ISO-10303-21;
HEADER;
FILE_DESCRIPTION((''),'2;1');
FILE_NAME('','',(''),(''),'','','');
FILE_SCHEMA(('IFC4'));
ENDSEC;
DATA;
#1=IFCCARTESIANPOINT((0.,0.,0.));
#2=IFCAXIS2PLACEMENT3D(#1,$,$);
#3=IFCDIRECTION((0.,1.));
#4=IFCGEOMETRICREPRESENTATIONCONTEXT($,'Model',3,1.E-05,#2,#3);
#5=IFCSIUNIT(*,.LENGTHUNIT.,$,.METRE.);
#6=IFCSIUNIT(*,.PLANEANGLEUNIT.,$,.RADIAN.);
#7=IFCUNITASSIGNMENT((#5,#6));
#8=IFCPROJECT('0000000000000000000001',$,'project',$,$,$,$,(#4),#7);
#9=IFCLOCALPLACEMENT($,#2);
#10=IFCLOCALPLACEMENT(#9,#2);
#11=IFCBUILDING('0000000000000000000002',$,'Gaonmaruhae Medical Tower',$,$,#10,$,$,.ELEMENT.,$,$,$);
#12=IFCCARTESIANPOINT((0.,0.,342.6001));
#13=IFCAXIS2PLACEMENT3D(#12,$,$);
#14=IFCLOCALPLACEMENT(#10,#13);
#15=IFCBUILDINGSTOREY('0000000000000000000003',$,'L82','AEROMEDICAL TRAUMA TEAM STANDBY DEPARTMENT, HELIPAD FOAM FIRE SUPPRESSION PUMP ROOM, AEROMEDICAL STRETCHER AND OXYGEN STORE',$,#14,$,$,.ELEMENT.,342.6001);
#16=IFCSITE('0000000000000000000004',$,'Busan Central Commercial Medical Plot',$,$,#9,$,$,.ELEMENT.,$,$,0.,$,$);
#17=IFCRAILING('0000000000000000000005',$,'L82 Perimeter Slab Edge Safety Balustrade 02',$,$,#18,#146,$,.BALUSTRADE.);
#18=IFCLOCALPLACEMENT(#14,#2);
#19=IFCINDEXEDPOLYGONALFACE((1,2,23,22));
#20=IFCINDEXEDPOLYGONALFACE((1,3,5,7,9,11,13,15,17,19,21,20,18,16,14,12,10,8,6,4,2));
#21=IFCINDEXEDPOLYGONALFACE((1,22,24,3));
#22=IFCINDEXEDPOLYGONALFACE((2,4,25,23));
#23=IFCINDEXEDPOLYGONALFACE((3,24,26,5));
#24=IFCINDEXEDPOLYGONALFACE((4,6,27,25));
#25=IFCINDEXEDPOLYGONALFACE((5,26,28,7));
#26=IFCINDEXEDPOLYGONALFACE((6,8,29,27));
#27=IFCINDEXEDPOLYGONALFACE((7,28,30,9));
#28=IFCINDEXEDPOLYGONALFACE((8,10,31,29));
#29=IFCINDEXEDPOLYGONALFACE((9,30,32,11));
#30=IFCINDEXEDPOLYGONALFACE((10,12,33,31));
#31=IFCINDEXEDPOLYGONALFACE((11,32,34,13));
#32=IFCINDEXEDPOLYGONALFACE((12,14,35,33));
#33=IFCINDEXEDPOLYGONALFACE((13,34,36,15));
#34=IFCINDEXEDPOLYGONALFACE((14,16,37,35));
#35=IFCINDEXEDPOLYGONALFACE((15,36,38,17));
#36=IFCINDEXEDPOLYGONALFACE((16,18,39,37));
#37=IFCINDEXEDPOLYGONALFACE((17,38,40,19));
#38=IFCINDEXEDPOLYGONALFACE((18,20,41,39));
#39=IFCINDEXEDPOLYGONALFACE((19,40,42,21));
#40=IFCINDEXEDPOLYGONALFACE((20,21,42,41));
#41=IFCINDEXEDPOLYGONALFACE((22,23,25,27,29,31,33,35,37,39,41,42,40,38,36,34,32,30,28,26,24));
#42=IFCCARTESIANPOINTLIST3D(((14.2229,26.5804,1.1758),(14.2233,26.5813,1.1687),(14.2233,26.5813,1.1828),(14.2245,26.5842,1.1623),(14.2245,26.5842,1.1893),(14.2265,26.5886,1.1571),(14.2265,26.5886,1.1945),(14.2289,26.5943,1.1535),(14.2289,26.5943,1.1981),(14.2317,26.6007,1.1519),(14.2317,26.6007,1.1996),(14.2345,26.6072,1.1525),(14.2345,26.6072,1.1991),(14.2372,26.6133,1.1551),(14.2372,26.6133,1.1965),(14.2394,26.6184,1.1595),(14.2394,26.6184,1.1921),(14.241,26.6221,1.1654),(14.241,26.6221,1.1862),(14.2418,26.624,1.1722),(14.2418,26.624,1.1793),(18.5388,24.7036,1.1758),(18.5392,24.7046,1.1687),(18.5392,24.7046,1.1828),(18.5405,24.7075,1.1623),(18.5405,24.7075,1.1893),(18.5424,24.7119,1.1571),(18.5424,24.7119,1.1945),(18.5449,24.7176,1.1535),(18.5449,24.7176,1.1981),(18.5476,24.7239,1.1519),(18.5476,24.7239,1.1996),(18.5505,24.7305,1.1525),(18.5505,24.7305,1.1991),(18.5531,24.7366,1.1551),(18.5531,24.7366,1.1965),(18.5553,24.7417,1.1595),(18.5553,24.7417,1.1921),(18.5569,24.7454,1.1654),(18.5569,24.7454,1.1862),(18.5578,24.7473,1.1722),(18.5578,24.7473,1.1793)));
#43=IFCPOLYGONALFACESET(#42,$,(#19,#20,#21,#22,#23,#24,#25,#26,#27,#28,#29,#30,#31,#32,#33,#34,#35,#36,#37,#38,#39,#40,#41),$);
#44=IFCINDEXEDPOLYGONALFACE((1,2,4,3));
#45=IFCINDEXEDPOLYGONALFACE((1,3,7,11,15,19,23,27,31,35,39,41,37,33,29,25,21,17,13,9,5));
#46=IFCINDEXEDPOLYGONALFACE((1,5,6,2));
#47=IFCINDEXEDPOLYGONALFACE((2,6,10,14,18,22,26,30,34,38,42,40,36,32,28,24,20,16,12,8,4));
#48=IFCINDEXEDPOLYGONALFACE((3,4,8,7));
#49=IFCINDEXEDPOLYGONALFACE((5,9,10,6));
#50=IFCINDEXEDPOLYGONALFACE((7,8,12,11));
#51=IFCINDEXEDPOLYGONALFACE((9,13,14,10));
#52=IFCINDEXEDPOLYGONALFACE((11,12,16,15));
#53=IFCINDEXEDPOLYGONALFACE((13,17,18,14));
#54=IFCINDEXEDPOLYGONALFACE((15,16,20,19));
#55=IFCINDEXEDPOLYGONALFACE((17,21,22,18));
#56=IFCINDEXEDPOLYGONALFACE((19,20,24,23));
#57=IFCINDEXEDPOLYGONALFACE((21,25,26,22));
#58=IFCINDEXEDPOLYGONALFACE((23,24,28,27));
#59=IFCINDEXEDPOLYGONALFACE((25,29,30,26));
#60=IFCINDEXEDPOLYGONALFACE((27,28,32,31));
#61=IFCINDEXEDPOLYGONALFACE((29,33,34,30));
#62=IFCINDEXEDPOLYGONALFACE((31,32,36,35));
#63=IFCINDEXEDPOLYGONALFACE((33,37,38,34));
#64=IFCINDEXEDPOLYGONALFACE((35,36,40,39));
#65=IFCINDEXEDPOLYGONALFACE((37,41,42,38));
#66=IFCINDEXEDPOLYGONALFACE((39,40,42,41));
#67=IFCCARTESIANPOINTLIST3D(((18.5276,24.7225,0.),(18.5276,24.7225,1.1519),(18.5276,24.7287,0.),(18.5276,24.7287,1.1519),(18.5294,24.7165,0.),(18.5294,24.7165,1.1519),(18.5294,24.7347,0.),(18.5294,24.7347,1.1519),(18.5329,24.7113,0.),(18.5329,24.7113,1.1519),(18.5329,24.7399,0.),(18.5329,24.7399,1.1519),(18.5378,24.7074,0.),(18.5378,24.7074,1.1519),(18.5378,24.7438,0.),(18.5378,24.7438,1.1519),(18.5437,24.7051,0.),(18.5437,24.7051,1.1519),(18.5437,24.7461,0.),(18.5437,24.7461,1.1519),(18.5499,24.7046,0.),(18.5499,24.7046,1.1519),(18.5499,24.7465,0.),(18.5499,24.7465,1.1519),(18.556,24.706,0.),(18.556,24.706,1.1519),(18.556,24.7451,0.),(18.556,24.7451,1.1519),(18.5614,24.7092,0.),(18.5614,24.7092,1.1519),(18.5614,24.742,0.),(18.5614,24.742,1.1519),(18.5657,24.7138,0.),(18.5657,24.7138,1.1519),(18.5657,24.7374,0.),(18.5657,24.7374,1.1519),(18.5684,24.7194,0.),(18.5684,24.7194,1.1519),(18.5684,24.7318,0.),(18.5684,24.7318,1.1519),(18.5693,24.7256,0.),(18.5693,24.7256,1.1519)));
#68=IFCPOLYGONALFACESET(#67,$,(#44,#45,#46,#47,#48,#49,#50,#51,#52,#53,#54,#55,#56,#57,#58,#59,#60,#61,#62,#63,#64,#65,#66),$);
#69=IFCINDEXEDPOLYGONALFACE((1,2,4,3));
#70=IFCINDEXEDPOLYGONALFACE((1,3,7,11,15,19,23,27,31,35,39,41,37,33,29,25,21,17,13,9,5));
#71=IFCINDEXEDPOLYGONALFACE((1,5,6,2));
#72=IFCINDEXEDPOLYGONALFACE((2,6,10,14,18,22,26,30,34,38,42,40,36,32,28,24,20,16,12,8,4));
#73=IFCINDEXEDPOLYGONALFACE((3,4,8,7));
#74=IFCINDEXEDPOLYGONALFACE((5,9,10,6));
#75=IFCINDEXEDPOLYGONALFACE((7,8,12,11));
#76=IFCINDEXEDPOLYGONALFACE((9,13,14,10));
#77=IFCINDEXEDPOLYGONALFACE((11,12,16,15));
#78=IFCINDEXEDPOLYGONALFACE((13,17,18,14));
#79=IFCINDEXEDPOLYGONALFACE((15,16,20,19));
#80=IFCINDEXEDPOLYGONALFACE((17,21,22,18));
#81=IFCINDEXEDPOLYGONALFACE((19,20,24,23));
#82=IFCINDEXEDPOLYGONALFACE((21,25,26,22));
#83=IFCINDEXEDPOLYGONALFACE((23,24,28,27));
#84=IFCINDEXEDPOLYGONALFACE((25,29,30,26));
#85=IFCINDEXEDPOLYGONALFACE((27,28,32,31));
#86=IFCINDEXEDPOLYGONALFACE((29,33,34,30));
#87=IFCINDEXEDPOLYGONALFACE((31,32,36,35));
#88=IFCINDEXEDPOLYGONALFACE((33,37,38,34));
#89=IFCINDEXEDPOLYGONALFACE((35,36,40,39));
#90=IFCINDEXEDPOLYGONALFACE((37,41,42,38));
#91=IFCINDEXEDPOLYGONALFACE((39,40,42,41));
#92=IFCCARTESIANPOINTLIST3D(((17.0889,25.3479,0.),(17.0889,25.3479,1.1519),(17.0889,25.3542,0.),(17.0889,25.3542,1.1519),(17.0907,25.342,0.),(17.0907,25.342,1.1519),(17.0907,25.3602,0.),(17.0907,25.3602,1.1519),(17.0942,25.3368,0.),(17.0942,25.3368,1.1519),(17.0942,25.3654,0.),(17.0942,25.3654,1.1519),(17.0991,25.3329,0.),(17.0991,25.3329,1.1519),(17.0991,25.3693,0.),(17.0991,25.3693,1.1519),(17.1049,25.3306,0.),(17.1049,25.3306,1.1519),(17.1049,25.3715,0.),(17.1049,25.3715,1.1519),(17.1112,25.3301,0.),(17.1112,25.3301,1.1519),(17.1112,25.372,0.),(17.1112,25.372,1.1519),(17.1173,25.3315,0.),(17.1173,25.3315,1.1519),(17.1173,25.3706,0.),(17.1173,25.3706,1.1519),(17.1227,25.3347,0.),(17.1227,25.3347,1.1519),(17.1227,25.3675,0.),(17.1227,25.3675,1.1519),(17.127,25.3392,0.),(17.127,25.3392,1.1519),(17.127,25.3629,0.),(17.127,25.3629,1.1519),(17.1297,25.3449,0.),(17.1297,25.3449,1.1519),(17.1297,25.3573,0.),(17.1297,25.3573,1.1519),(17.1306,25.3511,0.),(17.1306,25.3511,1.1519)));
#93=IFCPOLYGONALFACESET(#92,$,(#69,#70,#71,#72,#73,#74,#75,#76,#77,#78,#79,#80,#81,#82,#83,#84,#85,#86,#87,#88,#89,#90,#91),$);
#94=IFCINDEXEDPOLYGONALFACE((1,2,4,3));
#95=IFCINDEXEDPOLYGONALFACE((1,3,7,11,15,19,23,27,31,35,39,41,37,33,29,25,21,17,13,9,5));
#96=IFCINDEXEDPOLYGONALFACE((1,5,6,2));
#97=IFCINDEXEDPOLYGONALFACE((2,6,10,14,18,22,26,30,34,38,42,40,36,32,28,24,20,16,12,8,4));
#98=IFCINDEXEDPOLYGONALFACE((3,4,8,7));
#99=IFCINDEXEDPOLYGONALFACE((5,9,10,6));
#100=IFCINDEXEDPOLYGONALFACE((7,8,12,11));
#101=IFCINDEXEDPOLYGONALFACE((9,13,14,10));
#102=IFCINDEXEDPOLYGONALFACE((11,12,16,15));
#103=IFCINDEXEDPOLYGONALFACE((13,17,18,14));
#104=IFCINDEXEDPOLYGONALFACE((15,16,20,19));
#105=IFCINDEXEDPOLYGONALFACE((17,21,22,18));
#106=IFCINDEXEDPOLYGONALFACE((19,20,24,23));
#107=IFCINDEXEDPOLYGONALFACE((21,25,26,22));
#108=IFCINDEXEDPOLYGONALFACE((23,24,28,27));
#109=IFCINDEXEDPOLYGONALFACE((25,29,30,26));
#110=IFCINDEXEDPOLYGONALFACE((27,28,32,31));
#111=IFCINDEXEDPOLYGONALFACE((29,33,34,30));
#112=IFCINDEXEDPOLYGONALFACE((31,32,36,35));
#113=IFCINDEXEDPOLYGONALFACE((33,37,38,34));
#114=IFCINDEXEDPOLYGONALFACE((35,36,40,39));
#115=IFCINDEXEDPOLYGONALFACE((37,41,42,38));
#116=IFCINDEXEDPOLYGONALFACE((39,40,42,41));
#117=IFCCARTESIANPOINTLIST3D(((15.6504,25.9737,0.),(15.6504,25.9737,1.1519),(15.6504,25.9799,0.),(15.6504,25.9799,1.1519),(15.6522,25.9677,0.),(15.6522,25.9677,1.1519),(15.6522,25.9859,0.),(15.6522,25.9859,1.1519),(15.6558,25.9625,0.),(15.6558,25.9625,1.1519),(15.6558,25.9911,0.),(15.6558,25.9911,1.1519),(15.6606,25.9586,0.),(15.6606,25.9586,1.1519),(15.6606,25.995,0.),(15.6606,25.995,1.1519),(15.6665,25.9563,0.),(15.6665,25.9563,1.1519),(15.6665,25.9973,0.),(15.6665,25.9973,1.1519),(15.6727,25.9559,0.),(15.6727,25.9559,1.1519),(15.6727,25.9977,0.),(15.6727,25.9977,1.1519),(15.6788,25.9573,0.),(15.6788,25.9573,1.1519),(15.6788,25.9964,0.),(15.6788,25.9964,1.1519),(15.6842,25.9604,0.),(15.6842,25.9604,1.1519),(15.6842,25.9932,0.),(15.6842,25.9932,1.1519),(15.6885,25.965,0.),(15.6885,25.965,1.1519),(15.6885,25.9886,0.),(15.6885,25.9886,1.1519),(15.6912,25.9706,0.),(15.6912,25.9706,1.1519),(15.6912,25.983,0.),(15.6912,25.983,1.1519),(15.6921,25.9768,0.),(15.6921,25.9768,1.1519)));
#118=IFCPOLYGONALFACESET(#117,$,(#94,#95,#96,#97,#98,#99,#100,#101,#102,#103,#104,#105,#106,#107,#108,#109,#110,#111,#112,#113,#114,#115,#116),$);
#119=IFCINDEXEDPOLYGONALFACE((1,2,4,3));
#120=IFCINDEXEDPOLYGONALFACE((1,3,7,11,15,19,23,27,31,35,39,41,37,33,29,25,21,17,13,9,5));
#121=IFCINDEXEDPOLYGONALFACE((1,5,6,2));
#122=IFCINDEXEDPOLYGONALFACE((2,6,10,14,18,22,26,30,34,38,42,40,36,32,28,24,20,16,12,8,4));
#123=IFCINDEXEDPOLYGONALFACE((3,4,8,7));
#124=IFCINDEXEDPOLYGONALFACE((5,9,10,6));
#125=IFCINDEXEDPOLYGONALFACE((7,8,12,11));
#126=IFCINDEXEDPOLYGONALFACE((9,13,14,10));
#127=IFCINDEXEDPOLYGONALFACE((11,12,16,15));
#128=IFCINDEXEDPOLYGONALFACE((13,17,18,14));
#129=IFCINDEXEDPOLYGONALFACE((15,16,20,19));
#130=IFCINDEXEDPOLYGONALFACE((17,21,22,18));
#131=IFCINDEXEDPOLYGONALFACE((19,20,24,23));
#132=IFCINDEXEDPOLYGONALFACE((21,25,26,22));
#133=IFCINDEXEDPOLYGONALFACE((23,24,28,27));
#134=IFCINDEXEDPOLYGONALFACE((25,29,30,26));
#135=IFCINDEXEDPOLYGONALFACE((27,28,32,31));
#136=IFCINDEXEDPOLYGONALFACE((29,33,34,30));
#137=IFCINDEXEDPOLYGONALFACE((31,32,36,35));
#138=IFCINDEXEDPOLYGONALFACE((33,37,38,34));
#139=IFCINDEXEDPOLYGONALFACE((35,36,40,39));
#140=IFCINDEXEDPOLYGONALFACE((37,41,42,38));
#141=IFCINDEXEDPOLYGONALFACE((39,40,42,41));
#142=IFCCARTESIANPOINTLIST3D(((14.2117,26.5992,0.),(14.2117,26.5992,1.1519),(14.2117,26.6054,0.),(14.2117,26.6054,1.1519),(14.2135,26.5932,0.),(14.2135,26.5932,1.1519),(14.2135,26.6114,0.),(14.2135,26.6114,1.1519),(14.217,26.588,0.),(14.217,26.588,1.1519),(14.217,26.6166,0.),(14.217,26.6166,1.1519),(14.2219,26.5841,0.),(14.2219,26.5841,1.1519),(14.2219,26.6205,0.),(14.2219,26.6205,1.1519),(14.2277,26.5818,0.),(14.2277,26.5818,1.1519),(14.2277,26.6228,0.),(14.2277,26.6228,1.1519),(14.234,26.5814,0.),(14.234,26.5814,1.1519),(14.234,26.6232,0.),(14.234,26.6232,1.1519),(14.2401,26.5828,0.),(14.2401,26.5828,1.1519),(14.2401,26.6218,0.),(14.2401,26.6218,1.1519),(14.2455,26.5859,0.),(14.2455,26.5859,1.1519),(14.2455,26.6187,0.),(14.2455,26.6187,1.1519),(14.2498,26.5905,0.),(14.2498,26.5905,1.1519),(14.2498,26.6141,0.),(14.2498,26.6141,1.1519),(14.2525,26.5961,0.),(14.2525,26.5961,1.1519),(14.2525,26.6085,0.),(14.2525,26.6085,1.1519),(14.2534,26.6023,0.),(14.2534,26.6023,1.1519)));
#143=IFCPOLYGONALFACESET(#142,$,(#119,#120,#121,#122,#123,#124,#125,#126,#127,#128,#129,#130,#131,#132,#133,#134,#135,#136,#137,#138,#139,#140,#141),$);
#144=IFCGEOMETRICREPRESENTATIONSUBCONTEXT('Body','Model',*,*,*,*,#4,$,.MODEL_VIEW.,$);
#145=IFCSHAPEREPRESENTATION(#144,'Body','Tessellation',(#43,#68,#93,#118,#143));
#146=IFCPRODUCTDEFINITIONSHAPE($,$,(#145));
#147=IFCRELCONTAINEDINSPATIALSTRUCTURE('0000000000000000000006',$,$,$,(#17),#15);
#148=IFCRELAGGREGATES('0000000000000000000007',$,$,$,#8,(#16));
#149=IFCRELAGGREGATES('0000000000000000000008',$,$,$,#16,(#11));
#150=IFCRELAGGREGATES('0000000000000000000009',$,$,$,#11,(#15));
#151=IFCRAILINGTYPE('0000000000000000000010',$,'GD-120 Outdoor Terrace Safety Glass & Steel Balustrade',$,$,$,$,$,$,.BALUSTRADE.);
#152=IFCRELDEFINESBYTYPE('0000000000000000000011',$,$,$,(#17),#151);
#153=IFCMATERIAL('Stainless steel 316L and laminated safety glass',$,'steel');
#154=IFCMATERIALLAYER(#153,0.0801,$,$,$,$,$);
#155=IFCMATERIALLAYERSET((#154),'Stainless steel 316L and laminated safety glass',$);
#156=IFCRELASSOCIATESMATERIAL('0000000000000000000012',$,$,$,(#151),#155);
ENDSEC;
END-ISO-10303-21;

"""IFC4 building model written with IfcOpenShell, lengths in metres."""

from ifc_helpers import new_model, si_unit, direction, frame, origin, origin_2d, place, context, subcontext, project, spatial, circle, extrude, material, layer, layer_set, type_object, element, save


model = new_model("IFC4")

# Units and contexts
model_context = context("Model", 3, precision=1e-05, world=origin(), true_north=direction((0.0, 1.0)))
body_context = subcontext(model_context, "Body", "Model", "MODEL_VIEW")
ifc_project = project(units=[si_unit("LENGTHUNIT", "METRE"), si_unit("PLANEANGLEUNIT", "RADIAN")], contexts=[model_context])

# Site, building, storey
site_placement = place(None, origin())
site = spatial("IfcSite", under=ifc_project, at=site_placement, Name="Busan Central Commercial Medical Plot", CompositionType="ELEMENT", RefElevation=0.0)
building_placement = place(site_placement, origin())
building = spatial("IfcBuilding", under=site, at=building_placement, Name="Gaonmaruhae Medical Tower", CompositionType="ELEMENT")
storey_placement = place(building_placement, frame((0.0, 0.0, 342.6001)))
storey = spatial("IfcBuildingStorey", under=building, at=storey_placement, Name="L82", Description="AEROMEDICAL TRAUMA TEAM STANDBY DEPARTMENT, HELIPAD FOAM FIRE SUPPRESSION PUMP ROOM, AEROMEDICAL STRETCHER AND OXYGEN STORE", CompositionType="ELEMENT", Elevation=342.6001)

# Railing
ifc_material_1 = material(Name="Stainless steel 316L and laminated safety glass", Category="steel")
ifc_layer_1 = layer(ifc_material_1, 0.0801)
ifc_layer_set_1 = layer_set([ifc_layer_1], Name="Stainless steel 316L and laminated safety glass")
railing_type_1 = type_object("IfcRailingType", Name="GD-120 Outdoor Terrace Safety Glass & Steel Balustrade", PredefinedType="BALUSTRADE", material=ifc_layer_set_1)
railing_1_placement = place(storey_placement, frame((18.5483, 24.7256, 0.0)))
element("IfcRailing", 1, at=railing_1_placement, inside=storey, type_object=railing_type_1, Name="L82 Perimeter Slab Edge Safety Balustrade 02", PredefinedType="BALUSTRADE", context=body_context, shape_type="SweptSolid", body=[
    extrude(circle(Radius=0.0239, at=origin_2d()), frame((0.0, 0.0, 1.1758), z_axis=(-0.917053, 0.398766, 0.0), x_axis=(-0.398766, -0.917053, 0.0)), (0.0, 0.0, 1.0), 4.7063),
    extrude(circle(Radius=0.021, at=origin_2d()), origin(), (0.0, 0.0, 1.0), 1.1519),
    extrude(circle(Radius=0.021, at=origin_2d()), frame((-1.4387, 0.6255, 0.0)), (0.0, 0.0, 1.0), 1.1519),
    extrude(circle(Radius=0.021, at=origin_2d()), frame((-2.8772, 1.2512, 0.0)), (0.0, 0.0, 1.0), 1.1519),
    extrude(circle(Radius=0.021, at=origin_2d()), frame((-4.3159, 1.8767, 0.0)), (0.0, 0.0, 1.0), 1.1519),
])

save(model, "model.ifc")
